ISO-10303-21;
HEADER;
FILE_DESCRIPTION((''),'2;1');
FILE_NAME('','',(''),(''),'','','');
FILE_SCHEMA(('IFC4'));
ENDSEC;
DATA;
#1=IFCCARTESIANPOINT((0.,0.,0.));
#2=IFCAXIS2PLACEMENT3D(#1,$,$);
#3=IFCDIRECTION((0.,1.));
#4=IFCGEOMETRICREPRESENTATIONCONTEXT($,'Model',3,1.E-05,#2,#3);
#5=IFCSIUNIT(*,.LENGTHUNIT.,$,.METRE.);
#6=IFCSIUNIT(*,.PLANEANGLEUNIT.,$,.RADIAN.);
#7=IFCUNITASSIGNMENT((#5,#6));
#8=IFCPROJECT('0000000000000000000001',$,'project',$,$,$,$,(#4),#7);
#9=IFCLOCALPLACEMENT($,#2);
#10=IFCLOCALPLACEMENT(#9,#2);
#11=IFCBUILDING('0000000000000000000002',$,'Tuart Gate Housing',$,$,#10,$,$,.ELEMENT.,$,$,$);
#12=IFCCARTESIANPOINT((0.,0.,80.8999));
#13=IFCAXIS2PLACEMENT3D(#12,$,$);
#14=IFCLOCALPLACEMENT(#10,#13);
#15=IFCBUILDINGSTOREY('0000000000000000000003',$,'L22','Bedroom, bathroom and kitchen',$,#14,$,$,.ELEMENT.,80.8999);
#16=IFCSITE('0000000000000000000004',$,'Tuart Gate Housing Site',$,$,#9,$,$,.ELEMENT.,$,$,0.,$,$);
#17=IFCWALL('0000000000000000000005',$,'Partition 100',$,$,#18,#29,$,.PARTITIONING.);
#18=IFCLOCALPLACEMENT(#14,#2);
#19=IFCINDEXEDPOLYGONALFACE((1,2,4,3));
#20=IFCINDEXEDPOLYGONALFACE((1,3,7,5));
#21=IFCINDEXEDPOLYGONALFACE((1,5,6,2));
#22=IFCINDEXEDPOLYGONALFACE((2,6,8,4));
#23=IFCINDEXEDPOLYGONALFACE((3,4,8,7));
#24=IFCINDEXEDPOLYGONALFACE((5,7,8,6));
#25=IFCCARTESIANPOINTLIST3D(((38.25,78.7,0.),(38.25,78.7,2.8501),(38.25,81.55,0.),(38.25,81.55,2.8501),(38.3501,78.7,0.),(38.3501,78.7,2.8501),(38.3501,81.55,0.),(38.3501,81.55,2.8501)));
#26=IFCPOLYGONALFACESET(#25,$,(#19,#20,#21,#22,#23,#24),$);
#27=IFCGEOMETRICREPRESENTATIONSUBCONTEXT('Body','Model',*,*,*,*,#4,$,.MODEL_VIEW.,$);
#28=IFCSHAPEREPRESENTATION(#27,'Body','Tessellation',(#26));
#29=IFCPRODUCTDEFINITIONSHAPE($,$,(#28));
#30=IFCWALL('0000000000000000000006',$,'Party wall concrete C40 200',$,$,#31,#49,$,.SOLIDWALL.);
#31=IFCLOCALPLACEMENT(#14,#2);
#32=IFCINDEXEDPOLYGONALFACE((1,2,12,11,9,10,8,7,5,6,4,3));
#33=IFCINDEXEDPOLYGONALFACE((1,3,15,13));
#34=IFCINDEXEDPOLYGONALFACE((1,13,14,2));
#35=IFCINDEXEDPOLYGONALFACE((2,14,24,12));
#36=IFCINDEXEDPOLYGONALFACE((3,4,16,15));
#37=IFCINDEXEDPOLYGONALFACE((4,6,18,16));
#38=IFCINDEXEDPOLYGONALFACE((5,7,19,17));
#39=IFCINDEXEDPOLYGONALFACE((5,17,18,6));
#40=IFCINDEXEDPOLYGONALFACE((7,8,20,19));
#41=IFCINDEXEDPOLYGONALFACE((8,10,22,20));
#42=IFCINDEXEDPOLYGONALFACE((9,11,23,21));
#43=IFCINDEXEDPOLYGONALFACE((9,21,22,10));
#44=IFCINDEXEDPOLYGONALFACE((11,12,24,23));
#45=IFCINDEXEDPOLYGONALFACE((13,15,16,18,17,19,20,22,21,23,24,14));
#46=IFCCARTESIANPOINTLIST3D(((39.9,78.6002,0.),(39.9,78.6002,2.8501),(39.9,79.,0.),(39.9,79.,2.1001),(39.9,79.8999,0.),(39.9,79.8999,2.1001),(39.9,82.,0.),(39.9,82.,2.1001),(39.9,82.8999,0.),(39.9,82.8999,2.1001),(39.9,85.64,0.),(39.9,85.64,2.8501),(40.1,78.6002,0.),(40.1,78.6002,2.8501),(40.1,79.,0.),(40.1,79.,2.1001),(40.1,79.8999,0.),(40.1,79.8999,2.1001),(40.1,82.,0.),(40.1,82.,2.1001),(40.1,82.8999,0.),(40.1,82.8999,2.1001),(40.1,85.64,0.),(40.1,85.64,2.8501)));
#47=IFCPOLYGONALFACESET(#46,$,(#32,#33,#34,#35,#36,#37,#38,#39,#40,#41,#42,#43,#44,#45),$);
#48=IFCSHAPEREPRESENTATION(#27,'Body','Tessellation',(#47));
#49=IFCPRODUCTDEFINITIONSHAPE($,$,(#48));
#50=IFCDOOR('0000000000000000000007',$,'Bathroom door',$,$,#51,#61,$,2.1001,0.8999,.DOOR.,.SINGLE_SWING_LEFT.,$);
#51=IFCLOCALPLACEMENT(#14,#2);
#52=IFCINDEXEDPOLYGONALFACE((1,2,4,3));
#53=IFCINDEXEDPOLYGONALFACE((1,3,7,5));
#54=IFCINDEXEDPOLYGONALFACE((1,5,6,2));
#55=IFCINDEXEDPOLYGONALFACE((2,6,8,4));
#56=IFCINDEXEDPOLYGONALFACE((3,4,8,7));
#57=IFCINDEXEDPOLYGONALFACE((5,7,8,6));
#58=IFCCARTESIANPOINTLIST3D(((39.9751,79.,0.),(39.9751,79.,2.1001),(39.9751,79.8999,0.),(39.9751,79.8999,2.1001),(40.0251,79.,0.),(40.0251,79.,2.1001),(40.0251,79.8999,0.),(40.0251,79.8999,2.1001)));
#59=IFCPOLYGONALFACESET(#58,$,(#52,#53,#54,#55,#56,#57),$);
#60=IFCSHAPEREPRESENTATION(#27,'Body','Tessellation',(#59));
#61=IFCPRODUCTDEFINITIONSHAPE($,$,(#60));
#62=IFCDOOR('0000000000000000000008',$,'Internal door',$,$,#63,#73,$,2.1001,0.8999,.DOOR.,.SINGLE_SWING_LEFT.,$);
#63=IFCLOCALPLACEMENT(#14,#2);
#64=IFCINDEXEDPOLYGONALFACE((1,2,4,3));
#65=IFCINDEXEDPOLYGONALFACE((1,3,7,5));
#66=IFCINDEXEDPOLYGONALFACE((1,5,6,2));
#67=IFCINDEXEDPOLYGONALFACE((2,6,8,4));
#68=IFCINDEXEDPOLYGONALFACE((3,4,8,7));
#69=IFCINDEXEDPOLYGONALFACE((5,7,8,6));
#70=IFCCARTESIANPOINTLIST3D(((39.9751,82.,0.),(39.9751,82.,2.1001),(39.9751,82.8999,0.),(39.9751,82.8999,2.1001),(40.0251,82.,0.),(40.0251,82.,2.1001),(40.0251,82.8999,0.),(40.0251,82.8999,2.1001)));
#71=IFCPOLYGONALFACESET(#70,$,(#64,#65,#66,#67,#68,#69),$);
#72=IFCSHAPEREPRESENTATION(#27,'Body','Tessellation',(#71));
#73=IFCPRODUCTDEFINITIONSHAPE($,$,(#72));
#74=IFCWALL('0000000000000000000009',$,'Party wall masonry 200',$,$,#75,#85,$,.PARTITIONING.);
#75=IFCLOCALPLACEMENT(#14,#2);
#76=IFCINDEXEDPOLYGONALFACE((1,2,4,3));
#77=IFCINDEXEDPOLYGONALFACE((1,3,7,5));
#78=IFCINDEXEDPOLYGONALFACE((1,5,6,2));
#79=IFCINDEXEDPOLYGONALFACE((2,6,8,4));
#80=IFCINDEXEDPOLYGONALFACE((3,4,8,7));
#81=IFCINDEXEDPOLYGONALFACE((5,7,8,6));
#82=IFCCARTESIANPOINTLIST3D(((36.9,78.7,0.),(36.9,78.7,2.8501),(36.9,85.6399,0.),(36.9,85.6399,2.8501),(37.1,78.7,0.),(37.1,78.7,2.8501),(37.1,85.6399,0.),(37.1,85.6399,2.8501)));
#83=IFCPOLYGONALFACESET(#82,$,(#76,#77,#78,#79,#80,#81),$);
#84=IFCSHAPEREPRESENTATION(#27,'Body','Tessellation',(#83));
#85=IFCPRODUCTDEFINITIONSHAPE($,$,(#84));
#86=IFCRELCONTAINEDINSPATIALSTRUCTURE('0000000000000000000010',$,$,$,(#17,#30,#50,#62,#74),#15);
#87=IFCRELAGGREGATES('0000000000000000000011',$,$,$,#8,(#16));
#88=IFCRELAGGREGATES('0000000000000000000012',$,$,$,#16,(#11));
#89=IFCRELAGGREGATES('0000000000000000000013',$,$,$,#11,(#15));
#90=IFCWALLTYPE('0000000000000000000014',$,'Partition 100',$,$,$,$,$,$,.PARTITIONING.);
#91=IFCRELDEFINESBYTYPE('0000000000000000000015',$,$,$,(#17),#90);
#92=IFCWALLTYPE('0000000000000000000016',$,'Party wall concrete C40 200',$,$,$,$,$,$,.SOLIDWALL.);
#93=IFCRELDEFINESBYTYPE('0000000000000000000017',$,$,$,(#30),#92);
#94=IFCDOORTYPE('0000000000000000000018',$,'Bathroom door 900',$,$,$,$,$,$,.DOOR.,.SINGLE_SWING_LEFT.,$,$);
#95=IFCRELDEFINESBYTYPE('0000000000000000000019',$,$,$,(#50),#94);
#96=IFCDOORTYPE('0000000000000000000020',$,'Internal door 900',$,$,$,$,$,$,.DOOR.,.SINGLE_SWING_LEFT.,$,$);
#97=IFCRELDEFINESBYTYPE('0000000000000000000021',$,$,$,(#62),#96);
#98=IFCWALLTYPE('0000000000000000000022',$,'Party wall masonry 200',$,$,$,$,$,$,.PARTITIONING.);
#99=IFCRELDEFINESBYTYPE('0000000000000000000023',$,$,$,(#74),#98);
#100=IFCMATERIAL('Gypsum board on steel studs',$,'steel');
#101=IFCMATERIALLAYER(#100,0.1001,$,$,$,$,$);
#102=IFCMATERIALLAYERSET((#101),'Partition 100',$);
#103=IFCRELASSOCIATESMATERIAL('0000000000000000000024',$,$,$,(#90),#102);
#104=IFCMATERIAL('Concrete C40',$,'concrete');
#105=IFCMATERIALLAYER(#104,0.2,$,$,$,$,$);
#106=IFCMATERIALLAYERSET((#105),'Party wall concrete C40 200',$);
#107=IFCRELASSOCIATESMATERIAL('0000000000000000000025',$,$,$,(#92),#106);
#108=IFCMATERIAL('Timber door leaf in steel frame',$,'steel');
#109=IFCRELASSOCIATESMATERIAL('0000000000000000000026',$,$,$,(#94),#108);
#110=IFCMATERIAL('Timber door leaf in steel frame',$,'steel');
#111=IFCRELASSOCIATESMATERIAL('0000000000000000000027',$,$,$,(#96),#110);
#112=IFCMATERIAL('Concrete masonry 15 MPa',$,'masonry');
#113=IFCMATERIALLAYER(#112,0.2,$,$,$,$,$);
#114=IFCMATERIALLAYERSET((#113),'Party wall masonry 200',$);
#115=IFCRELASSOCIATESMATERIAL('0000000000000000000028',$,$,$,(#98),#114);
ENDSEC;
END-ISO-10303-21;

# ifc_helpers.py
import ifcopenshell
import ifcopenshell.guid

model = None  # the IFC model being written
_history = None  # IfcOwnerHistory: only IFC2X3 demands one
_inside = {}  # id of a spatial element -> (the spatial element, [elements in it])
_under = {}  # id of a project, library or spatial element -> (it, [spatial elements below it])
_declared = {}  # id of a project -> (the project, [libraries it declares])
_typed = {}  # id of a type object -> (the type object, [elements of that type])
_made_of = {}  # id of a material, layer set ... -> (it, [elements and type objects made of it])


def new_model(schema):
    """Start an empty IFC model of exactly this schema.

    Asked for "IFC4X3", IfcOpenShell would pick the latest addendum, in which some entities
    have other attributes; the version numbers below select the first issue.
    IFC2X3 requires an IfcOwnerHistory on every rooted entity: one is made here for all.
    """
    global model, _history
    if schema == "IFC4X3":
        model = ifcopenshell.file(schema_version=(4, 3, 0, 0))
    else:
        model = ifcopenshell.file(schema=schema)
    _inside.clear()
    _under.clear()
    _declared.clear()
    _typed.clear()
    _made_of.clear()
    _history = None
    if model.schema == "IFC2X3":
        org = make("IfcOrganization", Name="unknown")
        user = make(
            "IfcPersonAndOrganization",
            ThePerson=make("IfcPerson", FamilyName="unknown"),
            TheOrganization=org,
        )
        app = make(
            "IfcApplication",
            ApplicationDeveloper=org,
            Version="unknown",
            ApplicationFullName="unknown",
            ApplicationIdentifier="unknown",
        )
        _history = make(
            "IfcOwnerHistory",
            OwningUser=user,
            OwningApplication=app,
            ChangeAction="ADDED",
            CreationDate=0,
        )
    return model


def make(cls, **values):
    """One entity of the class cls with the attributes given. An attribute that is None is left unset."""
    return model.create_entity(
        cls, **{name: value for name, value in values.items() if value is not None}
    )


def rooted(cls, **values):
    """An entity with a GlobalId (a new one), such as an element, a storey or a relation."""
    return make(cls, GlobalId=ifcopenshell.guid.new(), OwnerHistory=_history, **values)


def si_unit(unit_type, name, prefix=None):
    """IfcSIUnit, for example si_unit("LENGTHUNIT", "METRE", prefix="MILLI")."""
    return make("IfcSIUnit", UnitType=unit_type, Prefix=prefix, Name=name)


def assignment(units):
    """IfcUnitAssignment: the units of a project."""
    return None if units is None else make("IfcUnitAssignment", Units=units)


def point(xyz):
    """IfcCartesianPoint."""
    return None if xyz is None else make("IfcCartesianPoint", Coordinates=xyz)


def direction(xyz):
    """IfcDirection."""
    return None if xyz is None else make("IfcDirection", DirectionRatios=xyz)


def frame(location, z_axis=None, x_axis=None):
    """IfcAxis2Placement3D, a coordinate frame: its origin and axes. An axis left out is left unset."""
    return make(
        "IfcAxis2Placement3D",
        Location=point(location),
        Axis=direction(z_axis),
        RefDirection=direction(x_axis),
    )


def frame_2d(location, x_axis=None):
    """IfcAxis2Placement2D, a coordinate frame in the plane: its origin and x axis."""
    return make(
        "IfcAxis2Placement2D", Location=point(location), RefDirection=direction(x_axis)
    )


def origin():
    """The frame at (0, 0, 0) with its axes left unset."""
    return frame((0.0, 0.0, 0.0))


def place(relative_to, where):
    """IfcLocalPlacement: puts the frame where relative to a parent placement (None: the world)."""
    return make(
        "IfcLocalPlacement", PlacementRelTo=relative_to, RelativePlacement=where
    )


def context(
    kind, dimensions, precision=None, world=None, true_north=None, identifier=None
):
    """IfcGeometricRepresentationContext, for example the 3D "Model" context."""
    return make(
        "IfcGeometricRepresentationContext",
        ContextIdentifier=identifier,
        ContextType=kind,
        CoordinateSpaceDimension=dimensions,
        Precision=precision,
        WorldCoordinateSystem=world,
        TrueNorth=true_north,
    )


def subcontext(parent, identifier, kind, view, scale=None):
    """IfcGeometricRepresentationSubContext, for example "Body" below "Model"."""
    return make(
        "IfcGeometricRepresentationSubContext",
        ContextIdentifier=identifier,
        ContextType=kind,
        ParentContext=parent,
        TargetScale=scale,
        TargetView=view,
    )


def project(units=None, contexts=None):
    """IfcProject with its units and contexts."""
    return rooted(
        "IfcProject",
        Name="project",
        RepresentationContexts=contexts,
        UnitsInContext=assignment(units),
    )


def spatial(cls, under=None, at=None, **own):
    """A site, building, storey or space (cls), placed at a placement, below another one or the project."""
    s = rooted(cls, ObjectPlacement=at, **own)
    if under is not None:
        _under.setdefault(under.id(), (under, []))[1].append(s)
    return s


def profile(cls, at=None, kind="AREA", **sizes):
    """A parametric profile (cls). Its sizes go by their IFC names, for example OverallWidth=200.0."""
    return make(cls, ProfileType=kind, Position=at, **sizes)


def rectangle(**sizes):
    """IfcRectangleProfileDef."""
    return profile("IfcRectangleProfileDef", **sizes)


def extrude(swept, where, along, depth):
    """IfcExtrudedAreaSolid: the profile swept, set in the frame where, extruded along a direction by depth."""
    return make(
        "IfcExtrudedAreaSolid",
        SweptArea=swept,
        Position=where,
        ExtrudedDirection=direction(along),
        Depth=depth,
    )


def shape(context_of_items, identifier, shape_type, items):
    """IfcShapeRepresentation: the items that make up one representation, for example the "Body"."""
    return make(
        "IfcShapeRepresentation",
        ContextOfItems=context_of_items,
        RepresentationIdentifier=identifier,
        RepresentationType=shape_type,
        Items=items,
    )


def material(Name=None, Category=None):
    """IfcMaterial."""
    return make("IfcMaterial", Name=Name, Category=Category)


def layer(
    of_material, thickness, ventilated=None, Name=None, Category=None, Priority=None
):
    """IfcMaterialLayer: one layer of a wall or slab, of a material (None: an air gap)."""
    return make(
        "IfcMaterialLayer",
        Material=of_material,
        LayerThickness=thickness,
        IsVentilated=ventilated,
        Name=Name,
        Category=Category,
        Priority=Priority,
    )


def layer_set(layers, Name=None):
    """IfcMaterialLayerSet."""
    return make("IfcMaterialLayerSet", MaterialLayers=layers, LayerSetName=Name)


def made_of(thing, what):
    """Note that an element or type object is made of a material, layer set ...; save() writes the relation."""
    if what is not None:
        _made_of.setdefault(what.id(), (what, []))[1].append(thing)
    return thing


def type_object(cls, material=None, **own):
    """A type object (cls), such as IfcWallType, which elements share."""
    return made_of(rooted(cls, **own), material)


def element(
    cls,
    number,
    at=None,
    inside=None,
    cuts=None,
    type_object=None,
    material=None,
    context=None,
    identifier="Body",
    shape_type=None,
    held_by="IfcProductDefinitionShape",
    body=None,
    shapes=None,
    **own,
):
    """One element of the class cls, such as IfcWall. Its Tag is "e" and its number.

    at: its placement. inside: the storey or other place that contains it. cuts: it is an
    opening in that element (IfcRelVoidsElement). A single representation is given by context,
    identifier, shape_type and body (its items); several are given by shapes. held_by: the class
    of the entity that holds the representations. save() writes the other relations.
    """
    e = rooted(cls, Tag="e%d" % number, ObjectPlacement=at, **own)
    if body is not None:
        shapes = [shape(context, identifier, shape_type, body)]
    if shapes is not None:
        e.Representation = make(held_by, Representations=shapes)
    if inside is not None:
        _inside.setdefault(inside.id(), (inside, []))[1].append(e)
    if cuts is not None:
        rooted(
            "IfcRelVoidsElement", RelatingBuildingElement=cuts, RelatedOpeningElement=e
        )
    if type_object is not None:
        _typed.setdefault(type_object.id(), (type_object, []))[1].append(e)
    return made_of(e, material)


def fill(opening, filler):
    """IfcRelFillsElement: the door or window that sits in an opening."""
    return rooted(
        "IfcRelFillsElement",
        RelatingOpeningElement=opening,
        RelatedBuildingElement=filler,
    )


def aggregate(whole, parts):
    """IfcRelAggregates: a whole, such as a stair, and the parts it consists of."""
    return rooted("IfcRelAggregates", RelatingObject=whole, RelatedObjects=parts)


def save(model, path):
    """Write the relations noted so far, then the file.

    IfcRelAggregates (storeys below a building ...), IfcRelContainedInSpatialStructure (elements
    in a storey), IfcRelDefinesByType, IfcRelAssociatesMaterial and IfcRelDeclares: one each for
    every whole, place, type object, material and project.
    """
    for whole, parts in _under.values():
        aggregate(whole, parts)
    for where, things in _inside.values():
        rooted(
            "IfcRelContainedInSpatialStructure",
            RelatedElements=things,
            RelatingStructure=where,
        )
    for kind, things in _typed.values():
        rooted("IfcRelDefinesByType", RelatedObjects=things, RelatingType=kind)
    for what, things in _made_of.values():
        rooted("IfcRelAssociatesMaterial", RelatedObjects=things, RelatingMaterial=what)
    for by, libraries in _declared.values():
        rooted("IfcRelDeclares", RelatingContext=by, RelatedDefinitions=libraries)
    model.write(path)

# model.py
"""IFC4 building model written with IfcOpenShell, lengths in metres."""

from ifc_helpers import new_model, si_unit, direction, frame, frame_2d, origin, place, context, subcontext, project, spatial, rectangle, extrude, material, layer, layer_set, type_object, element, fill, save


model = new_model("IFC4")

# Units and contexts
model_context = context("Model", 3, precision=1e-05, world=origin(), true_north=direction((0.0, 1.0)))
body_context = subcontext(model_context, "Body", "Model", "MODEL_VIEW")
ifc_project = project(units=[si_unit("LENGTHUNIT", "METRE"), si_unit("PLANEANGLEUNIT", "RADIAN")], contexts=[model_context])

# Site, building, storey
site_placement = place(None, origin())
site = spatial("IfcSite", under=ifc_project, at=site_placement, Name="Tuart Gate Housing Site", CompositionType="ELEMENT", RefElevation=0.0)
building_placement = place(site_placement, origin())
building = spatial("IfcBuilding", under=site, at=building_placement, Name="Tuart Gate Housing", CompositionType="ELEMENT")
storey_placement = place(building_placement, frame((0.0, 0.0, 80.8999)))
storey = spatial("IfcBuildingStorey", under=building, at=storey_placement, Name="L22", Description="Bedroom, bathroom and kitchen", CompositionType="ELEMENT", Elevation=80.8999)

# Wall
ifc_material_1 = material(Name="Gypsum board on steel studs", Category="steel")
ifc_layer_1 = layer(ifc_material_1, 0.1001)
ifc_layer_set_1 = layer_set([ifc_layer_1], Name="Partition 100")
wall_type_1 = type_object("IfcWallType", Name="Partition 100", PredefinedType="PARTITIONING", material=ifc_layer_set_1)
wall_1_placement = place(storey_placement, frame((38.3, 78.7, 0.0), z_axis=(0.0, 0.0, 1.0), x_axis=(0.0, 1.0, 0.0)))
element("IfcWall", 1, at=wall_1_placement, inside=storey, type_object=wall_type_1, Name="Partition 100", PredefinedType="PARTITIONING", context=body_context, shape_type="SweptSolid", body=[
    extrude(rectangle(XDim=2.8501, YDim=0.1001, at=frame_2d((1.425, 0.0))), origin(), (0.0, 0.0, 1.0), 2.8501),
])

# Wall, openings, doors
ifc_material_2 = material(Name="Concrete C40", Category="concrete")
ifc_layer_2 = layer(ifc_material_2, 0.2)
ifc_layer_set_2 = layer_set([ifc_layer_2], Name="Party wall concrete C40 200")
wall_type_2 = type_object("IfcWallType", Name="Party wall concrete C40 200", PredefinedType="SOLIDWALL", material=ifc_layer_set_2)
wall_2_placement = place(storey_placement, frame((40.0, 78.6001, 0.0), z_axis=(0.0, 0.0, 1.0), x_axis=(0.0, 1.0, 0.0)))
wall_2 = element("IfcWall", 2, at=wall_2_placement, inside=storey, type_object=wall_type_2, Name="Party wall concrete C40 200", PredefinedType="SOLIDWALL", context=body_context, shape_type="SweptSolid", body=[
    extrude(rectangle(XDim=7.0398, YDim=0.2, at=frame_2d((3.52, 0.0))), origin(), (0.0, 0.0, 1.0), 2.8501),
])
opening_1_placement = place(wall_2_placement, frame((3.3999, 0.0, 0.0)))
opening_1 = element("IfcOpeningElement", 3, at=opening_1_placement, cuts=wall_2, PredefinedType="OPENING", context=body_context, shape_type="SweptSolid", body=[
    extrude(rectangle(XDim=0.8999, YDim=2.1001, at=frame_2d((0.45, 1.05))), frame((0.0, 0.1099, 0.0), z_axis=(0.0, -1.0, 0.0), x_axis=(1.0, 0.0, 0.0)), (0.0, 0.0, 1.0), 0.22),
])
opening_2_placement = place(wall_2_placement, frame((0.3999, 0.0, 0.0)))
opening_2 = element("IfcOpeningElement", 4, at=opening_2_placement, cuts=wall_2, PredefinedType="OPENING", context=body_context, shape_type="SweptSolid", body=[
    extrude(rectangle(XDim=0.8999, YDim=2.1001, at=frame_2d((0.45, 1.05))), frame((0.0, 0.1099, 0.0), z_axis=(0.0, -1.0, 0.0), x_axis=(1.0, 0.0, 0.0)), (0.0, 0.0, 1.0), 0.22),
])
ifc_material_3 = material(Name="Timber door leaf in steel frame", Category="steel")
door_type_1 = type_object("IfcDoorType", Name="Bathroom door 900", OperationType="SINGLE_SWING_LEFT", PredefinedType="DOOR", material=ifc_material_3)
door_1_placement = place(opening_2_placement, origin())
door_1 = element("IfcDoor", 5, at=door_1_placement, inside=storey, type_object=door_type_1, Name="Bathroom door", OperationType="SINGLE_SWING_LEFT", OverallHeight=2.1001, OverallWidth=0.8999, PredefinedType="DOOR", context=body_context, shape_type="SweptSolid", body=[
    extrude(rectangle(XDim=0.8999, YDim=2.1001, at=frame_2d((0.45, 1.05))), frame((0.0, 0.0249, 0.0), z_axis=(0.0, -1.0, 0.0), x_axis=(1.0, 0.0, 0.0)), (0.0, 0.0, 1.0), 0.05),
])
fill(opening_2, door_1)
ifc_material_4 = material(Name="Timber door leaf in steel frame", Category="steel")
door_type_2 = type_object("IfcDoorType", Name="Internal door 900", OperationType="SINGLE_SWING_LEFT", PredefinedType="DOOR", material=ifc_material_4)
door_2_placement = place(opening_1_placement, origin())
door_2 = element("IfcDoor", 6, at=door_2_placement, inside=storey, type_object=door_type_2, Name="Internal door", OperationType="SINGLE_SWING_LEFT", OverallHeight=2.1001, OverallWidth=0.8999, PredefinedType="DOOR", context=body_context, shape_type="SweptSolid", body=[
    extrude(rectangle(XDim=0.8999, YDim=2.1001, at=frame_2d((0.45, 1.05))), frame((0.0, 0.0249, 0.0), z_axis=(0.0, -1.0, 0.0), x_axis=(1.0, 0.0, 0.0)), (0.0, 0.0, 1.0), 0.05),
])
fill(opening_1, door_2)

# Wall
ifc_material_5 = material(Name="Concrete masonry 15 MPa", Category="masonry")
ifc_layer_3 = layer(ifc_material_5, 0.2)
ifc_layer_set_3 = layer_set([ifc_layer_3], Name="Party wall masonry 200")
wall_type_3 = type_object("IfcWallType", Name="Party wall masonry 200", PredefinedType="PARTITIONING", material=ifc_layer_set_3)
wall_3_placement = place(storey_placement, frame((37.0, 78.7, 0.0), z_axis=(0.0, 0.0, 1.0), x_axis=(0.0, 1.0, 0.0)))
element("IfcWall", 7, at=wall_3_placement, inside=storey, type_object=wall_type_3, Name="Party wall masonry 200", PredefinedType="PARTITIONING", context=body_context, shape_type="SweptSolid", body=[
    extrude(rectangle(XDim=6.9399, YDim=0.2, at=frame_2d((3.47, 0.0))), origin(), (0.0, 0.0, 1.0), 2.8501),
])

save(model, "model.ifc")
